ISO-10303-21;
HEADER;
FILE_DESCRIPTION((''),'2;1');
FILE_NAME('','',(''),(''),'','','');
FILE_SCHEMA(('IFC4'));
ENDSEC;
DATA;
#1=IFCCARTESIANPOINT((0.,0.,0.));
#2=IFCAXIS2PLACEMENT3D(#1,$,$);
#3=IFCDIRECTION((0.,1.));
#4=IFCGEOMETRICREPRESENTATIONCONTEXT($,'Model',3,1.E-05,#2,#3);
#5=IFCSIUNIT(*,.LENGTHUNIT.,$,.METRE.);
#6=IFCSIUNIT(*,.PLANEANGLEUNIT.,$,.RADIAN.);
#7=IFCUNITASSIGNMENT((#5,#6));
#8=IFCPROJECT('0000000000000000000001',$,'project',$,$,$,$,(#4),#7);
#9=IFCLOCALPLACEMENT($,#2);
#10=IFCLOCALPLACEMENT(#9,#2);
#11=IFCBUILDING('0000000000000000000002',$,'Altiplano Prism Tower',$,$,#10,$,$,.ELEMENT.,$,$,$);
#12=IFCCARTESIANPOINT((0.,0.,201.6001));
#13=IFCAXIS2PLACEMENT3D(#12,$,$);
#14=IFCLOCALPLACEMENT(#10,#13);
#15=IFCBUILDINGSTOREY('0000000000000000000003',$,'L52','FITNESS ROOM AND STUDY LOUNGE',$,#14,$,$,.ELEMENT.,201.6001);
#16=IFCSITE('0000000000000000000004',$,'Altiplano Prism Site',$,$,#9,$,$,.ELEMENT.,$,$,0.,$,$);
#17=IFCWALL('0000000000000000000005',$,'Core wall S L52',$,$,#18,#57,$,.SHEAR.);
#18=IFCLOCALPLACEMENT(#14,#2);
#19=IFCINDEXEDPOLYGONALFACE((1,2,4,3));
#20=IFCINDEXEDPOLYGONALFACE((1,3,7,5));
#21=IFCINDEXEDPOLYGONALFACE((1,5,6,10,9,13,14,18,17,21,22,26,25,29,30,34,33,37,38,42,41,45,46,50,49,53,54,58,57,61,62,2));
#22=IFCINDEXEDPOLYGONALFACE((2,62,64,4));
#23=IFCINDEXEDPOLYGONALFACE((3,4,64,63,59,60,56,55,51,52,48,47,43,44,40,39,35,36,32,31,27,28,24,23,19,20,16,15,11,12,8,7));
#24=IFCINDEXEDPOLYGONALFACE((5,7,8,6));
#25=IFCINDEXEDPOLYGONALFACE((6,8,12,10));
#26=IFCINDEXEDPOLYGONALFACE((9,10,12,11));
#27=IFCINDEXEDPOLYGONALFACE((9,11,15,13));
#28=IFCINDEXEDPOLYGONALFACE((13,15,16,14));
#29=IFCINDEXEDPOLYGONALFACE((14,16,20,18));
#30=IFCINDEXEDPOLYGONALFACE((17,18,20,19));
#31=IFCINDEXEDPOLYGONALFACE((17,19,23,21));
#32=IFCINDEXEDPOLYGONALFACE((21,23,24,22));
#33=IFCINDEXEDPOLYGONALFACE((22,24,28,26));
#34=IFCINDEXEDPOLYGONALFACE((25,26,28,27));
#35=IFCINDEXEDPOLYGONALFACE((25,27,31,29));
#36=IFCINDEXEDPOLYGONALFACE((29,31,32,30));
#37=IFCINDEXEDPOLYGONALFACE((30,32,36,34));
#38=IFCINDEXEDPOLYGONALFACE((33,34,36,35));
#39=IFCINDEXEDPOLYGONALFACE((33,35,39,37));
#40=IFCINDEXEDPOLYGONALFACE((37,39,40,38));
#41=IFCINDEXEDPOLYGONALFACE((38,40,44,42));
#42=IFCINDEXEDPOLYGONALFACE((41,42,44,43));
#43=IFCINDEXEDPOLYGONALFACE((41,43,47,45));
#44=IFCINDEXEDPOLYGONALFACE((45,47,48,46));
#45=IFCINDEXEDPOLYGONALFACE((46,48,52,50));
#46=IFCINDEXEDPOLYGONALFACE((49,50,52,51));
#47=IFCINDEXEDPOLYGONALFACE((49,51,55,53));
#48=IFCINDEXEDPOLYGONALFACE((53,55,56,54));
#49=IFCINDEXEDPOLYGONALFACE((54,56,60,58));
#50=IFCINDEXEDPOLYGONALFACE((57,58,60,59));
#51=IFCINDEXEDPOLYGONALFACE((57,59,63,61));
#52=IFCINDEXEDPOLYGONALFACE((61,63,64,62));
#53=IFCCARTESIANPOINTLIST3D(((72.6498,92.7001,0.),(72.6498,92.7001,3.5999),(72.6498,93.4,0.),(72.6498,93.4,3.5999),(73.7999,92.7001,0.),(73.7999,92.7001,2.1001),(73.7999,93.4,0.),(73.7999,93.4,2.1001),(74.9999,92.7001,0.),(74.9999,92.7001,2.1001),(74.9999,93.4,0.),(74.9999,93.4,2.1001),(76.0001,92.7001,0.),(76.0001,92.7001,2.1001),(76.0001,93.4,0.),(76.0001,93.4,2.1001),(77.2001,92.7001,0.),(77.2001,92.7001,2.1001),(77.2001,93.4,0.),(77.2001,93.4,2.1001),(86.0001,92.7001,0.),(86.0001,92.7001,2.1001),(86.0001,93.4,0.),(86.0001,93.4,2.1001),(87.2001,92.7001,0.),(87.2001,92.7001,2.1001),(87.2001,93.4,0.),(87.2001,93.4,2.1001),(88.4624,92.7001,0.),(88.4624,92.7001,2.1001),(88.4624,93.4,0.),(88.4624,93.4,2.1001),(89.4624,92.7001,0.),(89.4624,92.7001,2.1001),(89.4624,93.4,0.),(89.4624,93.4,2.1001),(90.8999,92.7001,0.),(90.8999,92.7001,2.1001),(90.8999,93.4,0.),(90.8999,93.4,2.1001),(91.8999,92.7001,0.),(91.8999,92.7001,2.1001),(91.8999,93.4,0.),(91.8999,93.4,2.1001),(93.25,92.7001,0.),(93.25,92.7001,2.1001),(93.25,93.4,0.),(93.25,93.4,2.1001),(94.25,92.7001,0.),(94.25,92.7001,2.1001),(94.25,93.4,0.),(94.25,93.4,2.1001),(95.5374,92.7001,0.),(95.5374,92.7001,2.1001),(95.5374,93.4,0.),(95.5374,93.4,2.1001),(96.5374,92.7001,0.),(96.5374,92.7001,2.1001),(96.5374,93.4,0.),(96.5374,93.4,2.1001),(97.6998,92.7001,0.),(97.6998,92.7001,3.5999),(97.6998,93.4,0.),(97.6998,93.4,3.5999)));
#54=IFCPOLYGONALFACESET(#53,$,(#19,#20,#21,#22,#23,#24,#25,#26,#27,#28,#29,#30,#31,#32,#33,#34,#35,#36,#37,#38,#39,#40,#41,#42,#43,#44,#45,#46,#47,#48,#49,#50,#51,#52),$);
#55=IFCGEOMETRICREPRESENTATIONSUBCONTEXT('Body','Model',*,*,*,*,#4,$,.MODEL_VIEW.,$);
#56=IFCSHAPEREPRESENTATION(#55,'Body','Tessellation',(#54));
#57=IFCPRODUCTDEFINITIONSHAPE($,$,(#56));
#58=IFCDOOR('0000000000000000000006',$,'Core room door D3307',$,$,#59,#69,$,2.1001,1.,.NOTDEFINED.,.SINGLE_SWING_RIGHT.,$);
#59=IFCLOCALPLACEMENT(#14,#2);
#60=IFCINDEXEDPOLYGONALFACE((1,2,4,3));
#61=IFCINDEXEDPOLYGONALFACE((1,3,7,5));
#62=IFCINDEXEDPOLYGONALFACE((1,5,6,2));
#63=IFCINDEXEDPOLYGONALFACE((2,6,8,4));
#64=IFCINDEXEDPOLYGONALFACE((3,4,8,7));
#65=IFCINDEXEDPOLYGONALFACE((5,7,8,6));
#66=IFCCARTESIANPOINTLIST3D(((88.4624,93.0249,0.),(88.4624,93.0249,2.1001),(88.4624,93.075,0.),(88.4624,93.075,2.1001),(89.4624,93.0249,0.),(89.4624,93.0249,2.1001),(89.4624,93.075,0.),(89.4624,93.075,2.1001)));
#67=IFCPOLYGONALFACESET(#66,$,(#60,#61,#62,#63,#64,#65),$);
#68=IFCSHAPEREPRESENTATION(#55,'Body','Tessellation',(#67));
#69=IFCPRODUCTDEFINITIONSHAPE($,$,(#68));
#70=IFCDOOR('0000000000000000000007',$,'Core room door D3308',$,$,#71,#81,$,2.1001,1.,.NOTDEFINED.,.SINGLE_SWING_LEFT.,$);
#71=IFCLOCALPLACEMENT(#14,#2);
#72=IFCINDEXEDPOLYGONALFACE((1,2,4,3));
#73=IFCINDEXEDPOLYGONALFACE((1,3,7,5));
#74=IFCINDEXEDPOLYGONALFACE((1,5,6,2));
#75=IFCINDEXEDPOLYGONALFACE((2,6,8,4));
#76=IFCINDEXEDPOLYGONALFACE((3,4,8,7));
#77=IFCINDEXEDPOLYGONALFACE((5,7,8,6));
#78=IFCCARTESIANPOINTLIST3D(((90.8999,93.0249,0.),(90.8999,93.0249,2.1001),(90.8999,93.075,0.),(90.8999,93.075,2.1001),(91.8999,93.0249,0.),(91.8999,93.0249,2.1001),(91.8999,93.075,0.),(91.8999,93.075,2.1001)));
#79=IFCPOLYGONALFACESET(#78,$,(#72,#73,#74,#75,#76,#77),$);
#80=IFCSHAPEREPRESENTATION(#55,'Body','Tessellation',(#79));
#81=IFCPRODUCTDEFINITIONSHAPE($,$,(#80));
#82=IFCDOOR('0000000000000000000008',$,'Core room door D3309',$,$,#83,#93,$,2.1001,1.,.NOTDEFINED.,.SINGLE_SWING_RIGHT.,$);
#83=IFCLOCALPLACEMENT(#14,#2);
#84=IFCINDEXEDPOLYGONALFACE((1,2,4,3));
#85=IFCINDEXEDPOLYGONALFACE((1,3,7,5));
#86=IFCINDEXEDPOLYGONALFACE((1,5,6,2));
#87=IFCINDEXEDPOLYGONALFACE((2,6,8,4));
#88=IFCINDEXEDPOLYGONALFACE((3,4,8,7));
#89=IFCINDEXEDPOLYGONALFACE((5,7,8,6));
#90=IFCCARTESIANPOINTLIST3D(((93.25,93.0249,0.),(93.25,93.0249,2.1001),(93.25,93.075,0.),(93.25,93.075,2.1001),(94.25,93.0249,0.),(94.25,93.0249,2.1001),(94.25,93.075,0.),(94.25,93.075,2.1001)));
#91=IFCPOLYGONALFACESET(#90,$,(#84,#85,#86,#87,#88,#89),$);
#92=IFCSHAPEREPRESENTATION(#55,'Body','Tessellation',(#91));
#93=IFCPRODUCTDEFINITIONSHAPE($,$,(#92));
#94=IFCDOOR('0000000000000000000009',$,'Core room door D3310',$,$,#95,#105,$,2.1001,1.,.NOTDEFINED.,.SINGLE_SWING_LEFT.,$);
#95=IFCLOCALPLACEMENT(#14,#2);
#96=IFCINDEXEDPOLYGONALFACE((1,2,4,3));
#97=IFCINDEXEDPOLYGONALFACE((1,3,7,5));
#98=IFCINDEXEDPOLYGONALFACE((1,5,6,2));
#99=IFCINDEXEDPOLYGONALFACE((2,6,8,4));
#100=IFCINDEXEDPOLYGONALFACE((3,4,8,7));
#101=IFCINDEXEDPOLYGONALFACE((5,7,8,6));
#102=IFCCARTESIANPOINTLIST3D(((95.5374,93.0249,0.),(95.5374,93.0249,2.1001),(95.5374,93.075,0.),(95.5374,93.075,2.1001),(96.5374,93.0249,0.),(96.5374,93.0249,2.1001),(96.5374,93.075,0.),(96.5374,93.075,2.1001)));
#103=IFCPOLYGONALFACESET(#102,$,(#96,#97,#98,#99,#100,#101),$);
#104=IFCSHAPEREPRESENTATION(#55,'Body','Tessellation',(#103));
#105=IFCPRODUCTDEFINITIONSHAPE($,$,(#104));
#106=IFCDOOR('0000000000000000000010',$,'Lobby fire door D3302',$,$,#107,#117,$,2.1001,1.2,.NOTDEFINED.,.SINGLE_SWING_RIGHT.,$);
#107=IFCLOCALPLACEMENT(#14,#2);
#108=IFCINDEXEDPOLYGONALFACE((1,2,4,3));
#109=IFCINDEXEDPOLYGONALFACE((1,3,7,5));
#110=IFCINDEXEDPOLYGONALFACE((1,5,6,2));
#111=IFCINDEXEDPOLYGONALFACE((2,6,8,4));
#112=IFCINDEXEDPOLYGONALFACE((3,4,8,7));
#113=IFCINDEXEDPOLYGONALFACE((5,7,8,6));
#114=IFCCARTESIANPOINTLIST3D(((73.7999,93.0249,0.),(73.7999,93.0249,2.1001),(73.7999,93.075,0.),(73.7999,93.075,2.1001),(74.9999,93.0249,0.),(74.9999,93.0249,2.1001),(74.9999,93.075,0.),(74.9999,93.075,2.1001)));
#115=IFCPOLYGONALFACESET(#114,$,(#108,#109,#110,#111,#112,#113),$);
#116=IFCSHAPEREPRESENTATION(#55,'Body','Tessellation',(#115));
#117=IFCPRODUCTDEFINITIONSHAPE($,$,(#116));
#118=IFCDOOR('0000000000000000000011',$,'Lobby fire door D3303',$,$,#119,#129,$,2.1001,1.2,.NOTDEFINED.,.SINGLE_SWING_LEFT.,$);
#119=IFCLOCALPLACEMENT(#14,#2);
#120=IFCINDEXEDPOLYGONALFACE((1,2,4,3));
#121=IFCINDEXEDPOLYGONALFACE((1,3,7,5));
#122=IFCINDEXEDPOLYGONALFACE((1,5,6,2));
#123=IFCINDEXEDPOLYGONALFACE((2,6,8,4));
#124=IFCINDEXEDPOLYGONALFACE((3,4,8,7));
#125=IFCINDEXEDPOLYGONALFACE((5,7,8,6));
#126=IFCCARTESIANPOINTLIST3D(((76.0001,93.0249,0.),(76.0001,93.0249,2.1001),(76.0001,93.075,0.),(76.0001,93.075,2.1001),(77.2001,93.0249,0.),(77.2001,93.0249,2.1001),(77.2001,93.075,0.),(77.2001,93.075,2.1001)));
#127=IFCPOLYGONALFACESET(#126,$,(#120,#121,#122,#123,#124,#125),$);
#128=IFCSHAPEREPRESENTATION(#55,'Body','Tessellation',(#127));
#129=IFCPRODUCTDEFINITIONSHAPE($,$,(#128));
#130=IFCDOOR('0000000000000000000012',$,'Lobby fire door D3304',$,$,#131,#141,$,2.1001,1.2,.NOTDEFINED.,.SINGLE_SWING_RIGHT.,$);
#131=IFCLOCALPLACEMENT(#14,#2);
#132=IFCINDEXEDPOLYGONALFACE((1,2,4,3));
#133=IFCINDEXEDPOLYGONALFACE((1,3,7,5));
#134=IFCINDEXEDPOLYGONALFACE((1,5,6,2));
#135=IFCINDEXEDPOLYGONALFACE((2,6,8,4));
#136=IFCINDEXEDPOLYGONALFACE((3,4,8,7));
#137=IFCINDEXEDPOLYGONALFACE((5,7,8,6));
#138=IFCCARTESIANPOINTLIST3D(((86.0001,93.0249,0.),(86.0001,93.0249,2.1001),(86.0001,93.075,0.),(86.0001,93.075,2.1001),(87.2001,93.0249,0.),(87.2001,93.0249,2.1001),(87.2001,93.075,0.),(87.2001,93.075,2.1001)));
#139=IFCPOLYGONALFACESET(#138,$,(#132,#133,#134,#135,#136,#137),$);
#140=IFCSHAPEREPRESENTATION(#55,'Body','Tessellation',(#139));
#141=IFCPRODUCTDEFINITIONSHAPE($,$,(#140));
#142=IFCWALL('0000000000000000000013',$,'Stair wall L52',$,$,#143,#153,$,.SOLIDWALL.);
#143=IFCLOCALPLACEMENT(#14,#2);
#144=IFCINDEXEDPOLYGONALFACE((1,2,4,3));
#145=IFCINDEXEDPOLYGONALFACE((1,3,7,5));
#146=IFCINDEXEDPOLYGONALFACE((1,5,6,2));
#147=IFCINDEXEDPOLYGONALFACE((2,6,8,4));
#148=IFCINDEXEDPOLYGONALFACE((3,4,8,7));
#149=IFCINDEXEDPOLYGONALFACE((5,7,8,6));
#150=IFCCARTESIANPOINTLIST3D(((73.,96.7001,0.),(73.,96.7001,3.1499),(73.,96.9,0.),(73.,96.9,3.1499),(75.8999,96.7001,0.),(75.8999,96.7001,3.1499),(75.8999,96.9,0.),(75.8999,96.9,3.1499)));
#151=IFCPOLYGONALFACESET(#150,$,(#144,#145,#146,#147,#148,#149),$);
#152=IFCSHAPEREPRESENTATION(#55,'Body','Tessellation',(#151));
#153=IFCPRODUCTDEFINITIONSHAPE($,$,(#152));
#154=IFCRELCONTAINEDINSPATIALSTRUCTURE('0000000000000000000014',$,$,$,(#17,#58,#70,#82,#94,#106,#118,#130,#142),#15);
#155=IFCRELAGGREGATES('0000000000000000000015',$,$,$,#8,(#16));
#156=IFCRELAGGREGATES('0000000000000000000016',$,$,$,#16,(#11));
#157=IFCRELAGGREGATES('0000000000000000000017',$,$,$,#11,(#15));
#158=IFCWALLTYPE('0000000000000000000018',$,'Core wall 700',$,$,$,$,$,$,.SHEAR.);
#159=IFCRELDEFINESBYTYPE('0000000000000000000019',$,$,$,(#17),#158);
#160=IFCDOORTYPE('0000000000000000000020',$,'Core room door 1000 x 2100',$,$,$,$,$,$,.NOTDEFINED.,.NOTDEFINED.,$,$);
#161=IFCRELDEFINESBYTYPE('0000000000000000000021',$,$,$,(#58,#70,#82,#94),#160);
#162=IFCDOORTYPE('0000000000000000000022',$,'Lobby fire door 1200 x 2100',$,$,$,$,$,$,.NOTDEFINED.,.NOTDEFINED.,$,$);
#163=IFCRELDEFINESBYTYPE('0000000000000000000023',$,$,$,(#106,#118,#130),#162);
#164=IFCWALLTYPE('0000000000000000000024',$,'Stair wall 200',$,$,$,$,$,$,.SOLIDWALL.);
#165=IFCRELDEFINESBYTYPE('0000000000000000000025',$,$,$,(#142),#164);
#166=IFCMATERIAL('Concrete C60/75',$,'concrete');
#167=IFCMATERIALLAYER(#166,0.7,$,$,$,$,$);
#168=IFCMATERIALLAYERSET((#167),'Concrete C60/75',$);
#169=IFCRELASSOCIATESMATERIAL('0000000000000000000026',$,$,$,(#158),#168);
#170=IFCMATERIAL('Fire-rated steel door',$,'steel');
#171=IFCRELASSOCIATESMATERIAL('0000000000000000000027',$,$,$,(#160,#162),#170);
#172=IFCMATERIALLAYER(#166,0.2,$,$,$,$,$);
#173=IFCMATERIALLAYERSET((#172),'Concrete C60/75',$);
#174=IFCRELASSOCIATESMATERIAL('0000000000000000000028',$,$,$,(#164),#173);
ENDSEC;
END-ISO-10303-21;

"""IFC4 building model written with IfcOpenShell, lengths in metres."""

from ifc_helpers import new_model, si_unit, direction, frame, frame_2d, origin, place, context, subcontext, project, spatial, rectangle, extrude, material, layer, layer_set, type_object, element, fill, save


model = new_model("IFC4")

# Units and contexts
model_context = context("Model", 3, precision=1e-05, world=origin(), true_north=direction((0.0, 1.0)))
body_context = subcontext(model_context, "Body", "Model", "MODEL_VIEW")
ifc_project = project(units=[si_unit("LENGTHUNIT", "METRE"), si_unit("PLANEANGLEUNIT", "RADIAN")], contexts=[model_context])

# Site, building, storey
site_placement = place(None, origin())
site = spatial("IfcSite", under=ifc_project, at=site_placement, Name="Altiplano Prism Site", CompositionType="ELEMENT", RefElevation=0.0)
building_placement = place(site_placement, origin())
building = spatial("IfcBuilding", under=site, at=building_placement, Name="Altiplano Prism Tower", CompositionType="ELEMENT")
storey_placement = place(building_placement, frame((0.0, 0.0, 201.6001)))
storey = spatial("IfcBuildingStorey", under=building, at=storey_placement, Name="L52", Description="FITNESS ROOM AND STUDY LOUNGE", CompositionType="ELEMENT", Elevation=201.6001)

# Wall, openings, doors
ifc_material_1 = material(Name="Concrete C60/75", Category="concrete")
ifc_layer_1 = layer(ifc_material_1, 0.7)
ifc_layer_set_1 = layer_set([ifc_layer_1], Name="Concrete C60/75")
wall_type_1 = type_object("IfcWallType", Name="Core wall 700", PredefinedType="SHEAR", material=ifc_layer_set_1)
wall_1_placement = place(storey_placement, frame((72.6499, 93.05, 0.0), z_axis=(0.0, 0.0, 1.0), x_axis=(1.0, 0.0, 0.0)))
wall_1 = element("IfcWall", 1, at=wall_1_placement, inside=storey, type_object=wall_type_1, Name="Core wall S L52", PredefinedType="SHEAR", context=body_context, shape_type="SweptSolid", body=[
    extrude(rectangle(XDim=25.05, YDim=0.7, at=frame_2d((12.5249, 0.0))), origin(), (0.0, 0.0, 1.0), 3.5999),
])
opening_1_placement = place(wall_1_placement, frame((1.1499, 0.0, 0.0)))
opening_1 = element("IfcOpeningElement", 2, at=opening_1_placement, cuts=wall_1, PredefinedType="OPENING", context=body_context, shape_type="SweptSolid", body=[
    extrude(rectangle(XDim=1.2, YDim=2.1001, at=frame_2d((0.6001, 1.05))), frame((0.0, 0.3604, 0.0), z_axis=(0.0, -1.0, 0.0), x_axis=(1.0, 0.0, 0.0)), (0.0, 0.0, 1.0), 0.7209),
])
opening_2_placement = place(wall_1_placement, frame((3.3501, 0.0, 0.0)))
opening_2 = element("IfcOpeningElement", 3, at=opening_2_placement, cuts=wall_1, PredefinedType="OPENING", context=body_context, shape_type="SweptSolid", body=[
    extrude(rectangle(XDim=1.2, YDim=2.1001, at=frame_2d((0.6001, 1.05))), frame((0.0, 0.3604, 0.0), z_axis=(0.0, -1.0, 0.0), x_axis=(1.0, 0.0, 0.0)), (0.0, 0.0, 1.0), 0.7209),
])
opening_3_placement = place(wall_1_placement, frame((13.3501, 0.0, 0.0)))
opening_3 = element("IfcOpeningElement", 4, at=opening_3_placement, cuts=wall_1, PredefinedType="OPENING", context=body_context, shape_type="SweptSolid", body=[
    extrude(rectangle(XDim=1.2, YDim=2.1001, at=frame_2d((0.6001, 1.05))), frame((0.0, 0.3604, 0.0), z_axis=(0.0, -1.0, 0.0), x_axis=(1.0, 0.0, 0.0)), (0.0, 0.0, 1.0), 0.7209),
])
opening_4_placement = place(wall_1_placement, frame((15.8125, 0.0, 0.0)))
opening_4 = element("IfcOpeningElement", 5, at=opening_4_placement, cuts=wall_1, PredefinedType="OPENING", context=body_context, shape_type="SweptSolid", body=[
    extrude(rectangle(XDim=1.0, YDim=2.1001, at=frame_2d((0.5, 1.05))), frame((0.0, 0.3604, 0.0), z_axis=(0.0, -1.0, 0.0), x_axis=(1.0, 0.0, 0.0)), (0.0, 0.0, 1.0), 0.7209),
])
opening_5_placement = place(wall_1_placement, frame((18.25, 0.0, 0.0)))
opening_5 = element("IfcOpeningElement", 6, at=opening_5_placement, cuts=wall_1, PredefinedType="OPENING", context=body_context, shape_type="SweptSolid", body=[
    extrude(rectangle(XDim=1.0, YDim=2.1001, at=frame_2d((0.5, 1.05))), frame((0.0, 0.3604, 0.0), z_axis=(0.0, -1.0, 0.0), x_axis=(1.0, 0.0, 0.0)), (0.0, 0.0, 1.0), 0.7209),
])
opening_6_placement = place(wall_1_placement, frame((20.6001, 0.0, 0.0)))
opening_6 = element("IfcOpeningElement", 7, at=opening_6_placement, cuts=wall_1, PredefinedType="OPENING", context=body_context, shape_type="SweptSolid", body=[
    extrude(rectangle(XDim=1.0, YDim=2.1001, at=frame_2d((0.5, 1.05))), frame((0.0, 0.3604, 0.0), z_axis=(0.0, -1.0, 0.0), x_axis=(1.0, 0.0, 0.0)), (0.0, 0.0, 1.0), 0.7209),
])
opening_7_placement = place(wall_1_placement, frame((22.8875, 0.0, 0.0)))
opening_7 = element("IfcOpeningElement", 8, at=opening_7_placement, cuts=wall_1, PredefinedType="OPENING", context=body_context, shape_type="SweptSolid", body=[
    extrude(rectangle(XDim=1.0, YDim=2.1001, at=frame_2d((0.5, 1.05))), frame((0.0, 0.3604, 0.0), z_axis=(0.0, -1.0, 0.0), x_axis=(1.0, 0.0, 0.0)), (0.0, 0.0, 1.0), 0.7209),
])
ifc_material_2 = material(Name="Fire-rated steel door", Category="steel")
door_type_1 = type_object("IfcDoorType", Name="Core room door 1000 x 2100", OperationType="NOTDEFINED", PredefinedType="NOTDEFINED", material=ifc_material_2)
door_1_placement = place(opening_4_placement, origin())
door_1 = element("IfcDoor", 9, at=door_1_placement, inside=storey, type_object=door_type_1, Name="Core room door D3307", OperationType="SINGLE_SWING_RIGHT", OverallHeight=2.1001, OverallWidth=1.0, PredefinedType="NOTDEFINED", context=body_context, shape_type="SweptSolid", body=[
    extrude(rectangle(XDim=1.0, YDim=2.1001, at=frame_2d((0.5, 1.05))), frame((0.0, 0.0249, 0.0), z_axis=(0.0, -1.0, 0.0), x_axis=(1.0, 0.0, 0.0)), (0.0, 0.0, 1.0), 0.05),
])
fill(opening_4, door_1)
door_2_placement = place(opening_5_placement, origin())
door_2 = element("IfcDoor", 10, at=door_2_placement, inside=storey, type_object=door_type_1, Name="Core room door D3308", OperationType="SINGLE_SWING_LEFT", OverallHeight=2.1001, OverallWidth=1.0, PredefinedType="NOTDEFINED", context=body_context, shape_type="SweptSolid", body=[
    extrude(rectangle(XDim=1.0, YDim=2.1001, at=frame_2d((0.5, 1.05))), frame((0.0, 0.0249, 0.0), z_axis=(0.0, -1.0, 0.0), x_axis=(1.0, 0.0, 0.0)), (0.0, 0.0, 1.0), 0.05),
])
fill(opening_5, door_2)
door_3_placement = place(opening_6_placement, origin())
door_3 = element("IfcDoor", 11, at=door_3_placement, inside=storey, type_object=door_type_1, Name="Core room door D3309", OperationType="SINGLE_SWING_RIGHT", OverallHeight=2.1001, OverallWidth=1.0, PredefinedType="NOTDEFINED", context=body_context, shape_type="SweptSolid", body=[
    extrude(rectangle(XDim=1.0, YDim=2.1001, at=frame_2d((0.5, 1.05))), frame((0.0, 0.0249, 0.0), z_axis=(0.0, -1.0, 0.0), x_axis=(1.0, 0.0, 0.0)), (0.0, 0.0, 1.0), 0.05),
])
fill(opening_6, door_3)
door_4_placement = place(opening_7_placement, origin())
door_4 = element("IfcDoor", 12, at=door_4_placement, inside=storey, type_object=door_type_1, Name="Core room door D3310", OperationType="SINGLE_SWING_LEFT", OverallHeight=2.1001, OverallWidth=1.0, PredefinedType="NOTDEFINED", context=body_context, shape_type="SweptSolid", body=[
    extrude(rectangle(XDim=1.0, YDim=2.1001, at=frame_2d((0.5, 1.05))), frame((0.0, 0.0249, 0.0), z_axis=(0.0, -1.0, 0.0), x_axis=(1.0, 0.0, 0.0)), (0.0, 0.0, 1.0), 0.05),
])
fill(opening_7, door_4)
door_type_2 = type_object("IfcDoorType", Name="Lobby fire door 1200 x 2100", OperationType="NOTDEFINED", PredefinedType="NOTDEFINED", material=ifc_material_2)
door_5_placement = place(opening_1_placement, origin())
door_5 = element("IfcDoor", 13, at=door_5_placement, inside=storey, type_object=door_type_2, Name="Lobby fire door D3302", OperationType="SINGLE_SWING_RIGHT", OverallHeight=2.1001, OverallWidth=1.2, PredefinedType="NOTDEFINED", context=body_context, shape_type="SweptSolid", body=[
    extrude(rectangle(XDim=1.2, YDim=2.1001, at=frame_2d((0.6001, 1.05))), frame((0.0, 0.0249, 0.0), z_axis=(0.0, -1.0, 0.0), x_axis=(1.0, 0.0, 0.0)), (0.0, 0.0, 1.0), 0.05),
])
fill(opening_1, door_5)
door_6_placement = place(opening_2_placement, origin())
door_6 = element("IfcDoor", 14, at=door_6_placement, inside=storey, type_object=door_type_2, Name="Lobby fire door D3303", OperationType="SINGLE_SWING_LEFT", OverallHeight=2.1001, OverallWidth=1.2, PredefinedType="NOTDEFINED", context=body_context, shape_type="SweptSolid", body=[
    extrude(rectangle(XDim=1.2, YDim=2.1001, at=frame_2d((0.6001, 1.05))), frame((0.0, 0.0249, 0.0), z_axis=(0.0, -1.0, 0.0), x_axis=(1.0, 0.0, 0.0)), (0.0, 0.0, 1.0), 0.05),
])
fill(opening_2, door_6)
door_7_placement = place(opening_3_placement, origin())
door_7 = element("IfcDoor", 15, at=door_7_placement, inside=storey, type_object=door_type_2, Name="Lobby fire door D3304", OperationType="SINGLE_SWING_RIGHT", OverallHeight=2.1001, OverallWidth=1.2, PredefinedType="NOTDEFINED", context=body_context, shape_type="SweptSolid", body=[
    extrude(rectangle(XDim=1.2, YDim=2.1001, at=frame_2d((0.6001, 1.05))), frame((0.0, 0.0249, 0.0), z_axis=(0.0, -1.0, 0.0), x_axis=(1.0, 0.0, 0.0)), (0.0, 0.0, 1.0), 0.05),
])
fill(opening_3, door_7)

# Wall
ifc_layer_2 = layer(ifc_material_1, 0.2)
ifc_layer_set_2 = layer_set([ifc_layer_2], Name="Concrete C60/75")
wall_type_2 = type_object("IfcWallType", Name="Stair wall 200", PredefinedType="SOLIDWALL", material=ifc_layer_set_2)
wall_2_placement = place(storey_placement, frame((73.0, 96.8, 0.0), z_axis=(0.0, 0.0, 1.0), x_axis=(1.0, 0.0, 0.0)))
element("IfcWall", 16, at=wall_2_placement, inside=storey, type_object=wall_type_2, Name="Stair wall L52", PredefinedType="SOLIDWALL", context=body_context, shape_type="SweptSolid", body=[
    extrude(rectangle(XDim=2.8999, YDim=0.2, at=frame_2d((1.45, 0.0))), origin(), (0.0, 0.0, 1.0), 3.1499),
])

save(model, "model.ifc")
